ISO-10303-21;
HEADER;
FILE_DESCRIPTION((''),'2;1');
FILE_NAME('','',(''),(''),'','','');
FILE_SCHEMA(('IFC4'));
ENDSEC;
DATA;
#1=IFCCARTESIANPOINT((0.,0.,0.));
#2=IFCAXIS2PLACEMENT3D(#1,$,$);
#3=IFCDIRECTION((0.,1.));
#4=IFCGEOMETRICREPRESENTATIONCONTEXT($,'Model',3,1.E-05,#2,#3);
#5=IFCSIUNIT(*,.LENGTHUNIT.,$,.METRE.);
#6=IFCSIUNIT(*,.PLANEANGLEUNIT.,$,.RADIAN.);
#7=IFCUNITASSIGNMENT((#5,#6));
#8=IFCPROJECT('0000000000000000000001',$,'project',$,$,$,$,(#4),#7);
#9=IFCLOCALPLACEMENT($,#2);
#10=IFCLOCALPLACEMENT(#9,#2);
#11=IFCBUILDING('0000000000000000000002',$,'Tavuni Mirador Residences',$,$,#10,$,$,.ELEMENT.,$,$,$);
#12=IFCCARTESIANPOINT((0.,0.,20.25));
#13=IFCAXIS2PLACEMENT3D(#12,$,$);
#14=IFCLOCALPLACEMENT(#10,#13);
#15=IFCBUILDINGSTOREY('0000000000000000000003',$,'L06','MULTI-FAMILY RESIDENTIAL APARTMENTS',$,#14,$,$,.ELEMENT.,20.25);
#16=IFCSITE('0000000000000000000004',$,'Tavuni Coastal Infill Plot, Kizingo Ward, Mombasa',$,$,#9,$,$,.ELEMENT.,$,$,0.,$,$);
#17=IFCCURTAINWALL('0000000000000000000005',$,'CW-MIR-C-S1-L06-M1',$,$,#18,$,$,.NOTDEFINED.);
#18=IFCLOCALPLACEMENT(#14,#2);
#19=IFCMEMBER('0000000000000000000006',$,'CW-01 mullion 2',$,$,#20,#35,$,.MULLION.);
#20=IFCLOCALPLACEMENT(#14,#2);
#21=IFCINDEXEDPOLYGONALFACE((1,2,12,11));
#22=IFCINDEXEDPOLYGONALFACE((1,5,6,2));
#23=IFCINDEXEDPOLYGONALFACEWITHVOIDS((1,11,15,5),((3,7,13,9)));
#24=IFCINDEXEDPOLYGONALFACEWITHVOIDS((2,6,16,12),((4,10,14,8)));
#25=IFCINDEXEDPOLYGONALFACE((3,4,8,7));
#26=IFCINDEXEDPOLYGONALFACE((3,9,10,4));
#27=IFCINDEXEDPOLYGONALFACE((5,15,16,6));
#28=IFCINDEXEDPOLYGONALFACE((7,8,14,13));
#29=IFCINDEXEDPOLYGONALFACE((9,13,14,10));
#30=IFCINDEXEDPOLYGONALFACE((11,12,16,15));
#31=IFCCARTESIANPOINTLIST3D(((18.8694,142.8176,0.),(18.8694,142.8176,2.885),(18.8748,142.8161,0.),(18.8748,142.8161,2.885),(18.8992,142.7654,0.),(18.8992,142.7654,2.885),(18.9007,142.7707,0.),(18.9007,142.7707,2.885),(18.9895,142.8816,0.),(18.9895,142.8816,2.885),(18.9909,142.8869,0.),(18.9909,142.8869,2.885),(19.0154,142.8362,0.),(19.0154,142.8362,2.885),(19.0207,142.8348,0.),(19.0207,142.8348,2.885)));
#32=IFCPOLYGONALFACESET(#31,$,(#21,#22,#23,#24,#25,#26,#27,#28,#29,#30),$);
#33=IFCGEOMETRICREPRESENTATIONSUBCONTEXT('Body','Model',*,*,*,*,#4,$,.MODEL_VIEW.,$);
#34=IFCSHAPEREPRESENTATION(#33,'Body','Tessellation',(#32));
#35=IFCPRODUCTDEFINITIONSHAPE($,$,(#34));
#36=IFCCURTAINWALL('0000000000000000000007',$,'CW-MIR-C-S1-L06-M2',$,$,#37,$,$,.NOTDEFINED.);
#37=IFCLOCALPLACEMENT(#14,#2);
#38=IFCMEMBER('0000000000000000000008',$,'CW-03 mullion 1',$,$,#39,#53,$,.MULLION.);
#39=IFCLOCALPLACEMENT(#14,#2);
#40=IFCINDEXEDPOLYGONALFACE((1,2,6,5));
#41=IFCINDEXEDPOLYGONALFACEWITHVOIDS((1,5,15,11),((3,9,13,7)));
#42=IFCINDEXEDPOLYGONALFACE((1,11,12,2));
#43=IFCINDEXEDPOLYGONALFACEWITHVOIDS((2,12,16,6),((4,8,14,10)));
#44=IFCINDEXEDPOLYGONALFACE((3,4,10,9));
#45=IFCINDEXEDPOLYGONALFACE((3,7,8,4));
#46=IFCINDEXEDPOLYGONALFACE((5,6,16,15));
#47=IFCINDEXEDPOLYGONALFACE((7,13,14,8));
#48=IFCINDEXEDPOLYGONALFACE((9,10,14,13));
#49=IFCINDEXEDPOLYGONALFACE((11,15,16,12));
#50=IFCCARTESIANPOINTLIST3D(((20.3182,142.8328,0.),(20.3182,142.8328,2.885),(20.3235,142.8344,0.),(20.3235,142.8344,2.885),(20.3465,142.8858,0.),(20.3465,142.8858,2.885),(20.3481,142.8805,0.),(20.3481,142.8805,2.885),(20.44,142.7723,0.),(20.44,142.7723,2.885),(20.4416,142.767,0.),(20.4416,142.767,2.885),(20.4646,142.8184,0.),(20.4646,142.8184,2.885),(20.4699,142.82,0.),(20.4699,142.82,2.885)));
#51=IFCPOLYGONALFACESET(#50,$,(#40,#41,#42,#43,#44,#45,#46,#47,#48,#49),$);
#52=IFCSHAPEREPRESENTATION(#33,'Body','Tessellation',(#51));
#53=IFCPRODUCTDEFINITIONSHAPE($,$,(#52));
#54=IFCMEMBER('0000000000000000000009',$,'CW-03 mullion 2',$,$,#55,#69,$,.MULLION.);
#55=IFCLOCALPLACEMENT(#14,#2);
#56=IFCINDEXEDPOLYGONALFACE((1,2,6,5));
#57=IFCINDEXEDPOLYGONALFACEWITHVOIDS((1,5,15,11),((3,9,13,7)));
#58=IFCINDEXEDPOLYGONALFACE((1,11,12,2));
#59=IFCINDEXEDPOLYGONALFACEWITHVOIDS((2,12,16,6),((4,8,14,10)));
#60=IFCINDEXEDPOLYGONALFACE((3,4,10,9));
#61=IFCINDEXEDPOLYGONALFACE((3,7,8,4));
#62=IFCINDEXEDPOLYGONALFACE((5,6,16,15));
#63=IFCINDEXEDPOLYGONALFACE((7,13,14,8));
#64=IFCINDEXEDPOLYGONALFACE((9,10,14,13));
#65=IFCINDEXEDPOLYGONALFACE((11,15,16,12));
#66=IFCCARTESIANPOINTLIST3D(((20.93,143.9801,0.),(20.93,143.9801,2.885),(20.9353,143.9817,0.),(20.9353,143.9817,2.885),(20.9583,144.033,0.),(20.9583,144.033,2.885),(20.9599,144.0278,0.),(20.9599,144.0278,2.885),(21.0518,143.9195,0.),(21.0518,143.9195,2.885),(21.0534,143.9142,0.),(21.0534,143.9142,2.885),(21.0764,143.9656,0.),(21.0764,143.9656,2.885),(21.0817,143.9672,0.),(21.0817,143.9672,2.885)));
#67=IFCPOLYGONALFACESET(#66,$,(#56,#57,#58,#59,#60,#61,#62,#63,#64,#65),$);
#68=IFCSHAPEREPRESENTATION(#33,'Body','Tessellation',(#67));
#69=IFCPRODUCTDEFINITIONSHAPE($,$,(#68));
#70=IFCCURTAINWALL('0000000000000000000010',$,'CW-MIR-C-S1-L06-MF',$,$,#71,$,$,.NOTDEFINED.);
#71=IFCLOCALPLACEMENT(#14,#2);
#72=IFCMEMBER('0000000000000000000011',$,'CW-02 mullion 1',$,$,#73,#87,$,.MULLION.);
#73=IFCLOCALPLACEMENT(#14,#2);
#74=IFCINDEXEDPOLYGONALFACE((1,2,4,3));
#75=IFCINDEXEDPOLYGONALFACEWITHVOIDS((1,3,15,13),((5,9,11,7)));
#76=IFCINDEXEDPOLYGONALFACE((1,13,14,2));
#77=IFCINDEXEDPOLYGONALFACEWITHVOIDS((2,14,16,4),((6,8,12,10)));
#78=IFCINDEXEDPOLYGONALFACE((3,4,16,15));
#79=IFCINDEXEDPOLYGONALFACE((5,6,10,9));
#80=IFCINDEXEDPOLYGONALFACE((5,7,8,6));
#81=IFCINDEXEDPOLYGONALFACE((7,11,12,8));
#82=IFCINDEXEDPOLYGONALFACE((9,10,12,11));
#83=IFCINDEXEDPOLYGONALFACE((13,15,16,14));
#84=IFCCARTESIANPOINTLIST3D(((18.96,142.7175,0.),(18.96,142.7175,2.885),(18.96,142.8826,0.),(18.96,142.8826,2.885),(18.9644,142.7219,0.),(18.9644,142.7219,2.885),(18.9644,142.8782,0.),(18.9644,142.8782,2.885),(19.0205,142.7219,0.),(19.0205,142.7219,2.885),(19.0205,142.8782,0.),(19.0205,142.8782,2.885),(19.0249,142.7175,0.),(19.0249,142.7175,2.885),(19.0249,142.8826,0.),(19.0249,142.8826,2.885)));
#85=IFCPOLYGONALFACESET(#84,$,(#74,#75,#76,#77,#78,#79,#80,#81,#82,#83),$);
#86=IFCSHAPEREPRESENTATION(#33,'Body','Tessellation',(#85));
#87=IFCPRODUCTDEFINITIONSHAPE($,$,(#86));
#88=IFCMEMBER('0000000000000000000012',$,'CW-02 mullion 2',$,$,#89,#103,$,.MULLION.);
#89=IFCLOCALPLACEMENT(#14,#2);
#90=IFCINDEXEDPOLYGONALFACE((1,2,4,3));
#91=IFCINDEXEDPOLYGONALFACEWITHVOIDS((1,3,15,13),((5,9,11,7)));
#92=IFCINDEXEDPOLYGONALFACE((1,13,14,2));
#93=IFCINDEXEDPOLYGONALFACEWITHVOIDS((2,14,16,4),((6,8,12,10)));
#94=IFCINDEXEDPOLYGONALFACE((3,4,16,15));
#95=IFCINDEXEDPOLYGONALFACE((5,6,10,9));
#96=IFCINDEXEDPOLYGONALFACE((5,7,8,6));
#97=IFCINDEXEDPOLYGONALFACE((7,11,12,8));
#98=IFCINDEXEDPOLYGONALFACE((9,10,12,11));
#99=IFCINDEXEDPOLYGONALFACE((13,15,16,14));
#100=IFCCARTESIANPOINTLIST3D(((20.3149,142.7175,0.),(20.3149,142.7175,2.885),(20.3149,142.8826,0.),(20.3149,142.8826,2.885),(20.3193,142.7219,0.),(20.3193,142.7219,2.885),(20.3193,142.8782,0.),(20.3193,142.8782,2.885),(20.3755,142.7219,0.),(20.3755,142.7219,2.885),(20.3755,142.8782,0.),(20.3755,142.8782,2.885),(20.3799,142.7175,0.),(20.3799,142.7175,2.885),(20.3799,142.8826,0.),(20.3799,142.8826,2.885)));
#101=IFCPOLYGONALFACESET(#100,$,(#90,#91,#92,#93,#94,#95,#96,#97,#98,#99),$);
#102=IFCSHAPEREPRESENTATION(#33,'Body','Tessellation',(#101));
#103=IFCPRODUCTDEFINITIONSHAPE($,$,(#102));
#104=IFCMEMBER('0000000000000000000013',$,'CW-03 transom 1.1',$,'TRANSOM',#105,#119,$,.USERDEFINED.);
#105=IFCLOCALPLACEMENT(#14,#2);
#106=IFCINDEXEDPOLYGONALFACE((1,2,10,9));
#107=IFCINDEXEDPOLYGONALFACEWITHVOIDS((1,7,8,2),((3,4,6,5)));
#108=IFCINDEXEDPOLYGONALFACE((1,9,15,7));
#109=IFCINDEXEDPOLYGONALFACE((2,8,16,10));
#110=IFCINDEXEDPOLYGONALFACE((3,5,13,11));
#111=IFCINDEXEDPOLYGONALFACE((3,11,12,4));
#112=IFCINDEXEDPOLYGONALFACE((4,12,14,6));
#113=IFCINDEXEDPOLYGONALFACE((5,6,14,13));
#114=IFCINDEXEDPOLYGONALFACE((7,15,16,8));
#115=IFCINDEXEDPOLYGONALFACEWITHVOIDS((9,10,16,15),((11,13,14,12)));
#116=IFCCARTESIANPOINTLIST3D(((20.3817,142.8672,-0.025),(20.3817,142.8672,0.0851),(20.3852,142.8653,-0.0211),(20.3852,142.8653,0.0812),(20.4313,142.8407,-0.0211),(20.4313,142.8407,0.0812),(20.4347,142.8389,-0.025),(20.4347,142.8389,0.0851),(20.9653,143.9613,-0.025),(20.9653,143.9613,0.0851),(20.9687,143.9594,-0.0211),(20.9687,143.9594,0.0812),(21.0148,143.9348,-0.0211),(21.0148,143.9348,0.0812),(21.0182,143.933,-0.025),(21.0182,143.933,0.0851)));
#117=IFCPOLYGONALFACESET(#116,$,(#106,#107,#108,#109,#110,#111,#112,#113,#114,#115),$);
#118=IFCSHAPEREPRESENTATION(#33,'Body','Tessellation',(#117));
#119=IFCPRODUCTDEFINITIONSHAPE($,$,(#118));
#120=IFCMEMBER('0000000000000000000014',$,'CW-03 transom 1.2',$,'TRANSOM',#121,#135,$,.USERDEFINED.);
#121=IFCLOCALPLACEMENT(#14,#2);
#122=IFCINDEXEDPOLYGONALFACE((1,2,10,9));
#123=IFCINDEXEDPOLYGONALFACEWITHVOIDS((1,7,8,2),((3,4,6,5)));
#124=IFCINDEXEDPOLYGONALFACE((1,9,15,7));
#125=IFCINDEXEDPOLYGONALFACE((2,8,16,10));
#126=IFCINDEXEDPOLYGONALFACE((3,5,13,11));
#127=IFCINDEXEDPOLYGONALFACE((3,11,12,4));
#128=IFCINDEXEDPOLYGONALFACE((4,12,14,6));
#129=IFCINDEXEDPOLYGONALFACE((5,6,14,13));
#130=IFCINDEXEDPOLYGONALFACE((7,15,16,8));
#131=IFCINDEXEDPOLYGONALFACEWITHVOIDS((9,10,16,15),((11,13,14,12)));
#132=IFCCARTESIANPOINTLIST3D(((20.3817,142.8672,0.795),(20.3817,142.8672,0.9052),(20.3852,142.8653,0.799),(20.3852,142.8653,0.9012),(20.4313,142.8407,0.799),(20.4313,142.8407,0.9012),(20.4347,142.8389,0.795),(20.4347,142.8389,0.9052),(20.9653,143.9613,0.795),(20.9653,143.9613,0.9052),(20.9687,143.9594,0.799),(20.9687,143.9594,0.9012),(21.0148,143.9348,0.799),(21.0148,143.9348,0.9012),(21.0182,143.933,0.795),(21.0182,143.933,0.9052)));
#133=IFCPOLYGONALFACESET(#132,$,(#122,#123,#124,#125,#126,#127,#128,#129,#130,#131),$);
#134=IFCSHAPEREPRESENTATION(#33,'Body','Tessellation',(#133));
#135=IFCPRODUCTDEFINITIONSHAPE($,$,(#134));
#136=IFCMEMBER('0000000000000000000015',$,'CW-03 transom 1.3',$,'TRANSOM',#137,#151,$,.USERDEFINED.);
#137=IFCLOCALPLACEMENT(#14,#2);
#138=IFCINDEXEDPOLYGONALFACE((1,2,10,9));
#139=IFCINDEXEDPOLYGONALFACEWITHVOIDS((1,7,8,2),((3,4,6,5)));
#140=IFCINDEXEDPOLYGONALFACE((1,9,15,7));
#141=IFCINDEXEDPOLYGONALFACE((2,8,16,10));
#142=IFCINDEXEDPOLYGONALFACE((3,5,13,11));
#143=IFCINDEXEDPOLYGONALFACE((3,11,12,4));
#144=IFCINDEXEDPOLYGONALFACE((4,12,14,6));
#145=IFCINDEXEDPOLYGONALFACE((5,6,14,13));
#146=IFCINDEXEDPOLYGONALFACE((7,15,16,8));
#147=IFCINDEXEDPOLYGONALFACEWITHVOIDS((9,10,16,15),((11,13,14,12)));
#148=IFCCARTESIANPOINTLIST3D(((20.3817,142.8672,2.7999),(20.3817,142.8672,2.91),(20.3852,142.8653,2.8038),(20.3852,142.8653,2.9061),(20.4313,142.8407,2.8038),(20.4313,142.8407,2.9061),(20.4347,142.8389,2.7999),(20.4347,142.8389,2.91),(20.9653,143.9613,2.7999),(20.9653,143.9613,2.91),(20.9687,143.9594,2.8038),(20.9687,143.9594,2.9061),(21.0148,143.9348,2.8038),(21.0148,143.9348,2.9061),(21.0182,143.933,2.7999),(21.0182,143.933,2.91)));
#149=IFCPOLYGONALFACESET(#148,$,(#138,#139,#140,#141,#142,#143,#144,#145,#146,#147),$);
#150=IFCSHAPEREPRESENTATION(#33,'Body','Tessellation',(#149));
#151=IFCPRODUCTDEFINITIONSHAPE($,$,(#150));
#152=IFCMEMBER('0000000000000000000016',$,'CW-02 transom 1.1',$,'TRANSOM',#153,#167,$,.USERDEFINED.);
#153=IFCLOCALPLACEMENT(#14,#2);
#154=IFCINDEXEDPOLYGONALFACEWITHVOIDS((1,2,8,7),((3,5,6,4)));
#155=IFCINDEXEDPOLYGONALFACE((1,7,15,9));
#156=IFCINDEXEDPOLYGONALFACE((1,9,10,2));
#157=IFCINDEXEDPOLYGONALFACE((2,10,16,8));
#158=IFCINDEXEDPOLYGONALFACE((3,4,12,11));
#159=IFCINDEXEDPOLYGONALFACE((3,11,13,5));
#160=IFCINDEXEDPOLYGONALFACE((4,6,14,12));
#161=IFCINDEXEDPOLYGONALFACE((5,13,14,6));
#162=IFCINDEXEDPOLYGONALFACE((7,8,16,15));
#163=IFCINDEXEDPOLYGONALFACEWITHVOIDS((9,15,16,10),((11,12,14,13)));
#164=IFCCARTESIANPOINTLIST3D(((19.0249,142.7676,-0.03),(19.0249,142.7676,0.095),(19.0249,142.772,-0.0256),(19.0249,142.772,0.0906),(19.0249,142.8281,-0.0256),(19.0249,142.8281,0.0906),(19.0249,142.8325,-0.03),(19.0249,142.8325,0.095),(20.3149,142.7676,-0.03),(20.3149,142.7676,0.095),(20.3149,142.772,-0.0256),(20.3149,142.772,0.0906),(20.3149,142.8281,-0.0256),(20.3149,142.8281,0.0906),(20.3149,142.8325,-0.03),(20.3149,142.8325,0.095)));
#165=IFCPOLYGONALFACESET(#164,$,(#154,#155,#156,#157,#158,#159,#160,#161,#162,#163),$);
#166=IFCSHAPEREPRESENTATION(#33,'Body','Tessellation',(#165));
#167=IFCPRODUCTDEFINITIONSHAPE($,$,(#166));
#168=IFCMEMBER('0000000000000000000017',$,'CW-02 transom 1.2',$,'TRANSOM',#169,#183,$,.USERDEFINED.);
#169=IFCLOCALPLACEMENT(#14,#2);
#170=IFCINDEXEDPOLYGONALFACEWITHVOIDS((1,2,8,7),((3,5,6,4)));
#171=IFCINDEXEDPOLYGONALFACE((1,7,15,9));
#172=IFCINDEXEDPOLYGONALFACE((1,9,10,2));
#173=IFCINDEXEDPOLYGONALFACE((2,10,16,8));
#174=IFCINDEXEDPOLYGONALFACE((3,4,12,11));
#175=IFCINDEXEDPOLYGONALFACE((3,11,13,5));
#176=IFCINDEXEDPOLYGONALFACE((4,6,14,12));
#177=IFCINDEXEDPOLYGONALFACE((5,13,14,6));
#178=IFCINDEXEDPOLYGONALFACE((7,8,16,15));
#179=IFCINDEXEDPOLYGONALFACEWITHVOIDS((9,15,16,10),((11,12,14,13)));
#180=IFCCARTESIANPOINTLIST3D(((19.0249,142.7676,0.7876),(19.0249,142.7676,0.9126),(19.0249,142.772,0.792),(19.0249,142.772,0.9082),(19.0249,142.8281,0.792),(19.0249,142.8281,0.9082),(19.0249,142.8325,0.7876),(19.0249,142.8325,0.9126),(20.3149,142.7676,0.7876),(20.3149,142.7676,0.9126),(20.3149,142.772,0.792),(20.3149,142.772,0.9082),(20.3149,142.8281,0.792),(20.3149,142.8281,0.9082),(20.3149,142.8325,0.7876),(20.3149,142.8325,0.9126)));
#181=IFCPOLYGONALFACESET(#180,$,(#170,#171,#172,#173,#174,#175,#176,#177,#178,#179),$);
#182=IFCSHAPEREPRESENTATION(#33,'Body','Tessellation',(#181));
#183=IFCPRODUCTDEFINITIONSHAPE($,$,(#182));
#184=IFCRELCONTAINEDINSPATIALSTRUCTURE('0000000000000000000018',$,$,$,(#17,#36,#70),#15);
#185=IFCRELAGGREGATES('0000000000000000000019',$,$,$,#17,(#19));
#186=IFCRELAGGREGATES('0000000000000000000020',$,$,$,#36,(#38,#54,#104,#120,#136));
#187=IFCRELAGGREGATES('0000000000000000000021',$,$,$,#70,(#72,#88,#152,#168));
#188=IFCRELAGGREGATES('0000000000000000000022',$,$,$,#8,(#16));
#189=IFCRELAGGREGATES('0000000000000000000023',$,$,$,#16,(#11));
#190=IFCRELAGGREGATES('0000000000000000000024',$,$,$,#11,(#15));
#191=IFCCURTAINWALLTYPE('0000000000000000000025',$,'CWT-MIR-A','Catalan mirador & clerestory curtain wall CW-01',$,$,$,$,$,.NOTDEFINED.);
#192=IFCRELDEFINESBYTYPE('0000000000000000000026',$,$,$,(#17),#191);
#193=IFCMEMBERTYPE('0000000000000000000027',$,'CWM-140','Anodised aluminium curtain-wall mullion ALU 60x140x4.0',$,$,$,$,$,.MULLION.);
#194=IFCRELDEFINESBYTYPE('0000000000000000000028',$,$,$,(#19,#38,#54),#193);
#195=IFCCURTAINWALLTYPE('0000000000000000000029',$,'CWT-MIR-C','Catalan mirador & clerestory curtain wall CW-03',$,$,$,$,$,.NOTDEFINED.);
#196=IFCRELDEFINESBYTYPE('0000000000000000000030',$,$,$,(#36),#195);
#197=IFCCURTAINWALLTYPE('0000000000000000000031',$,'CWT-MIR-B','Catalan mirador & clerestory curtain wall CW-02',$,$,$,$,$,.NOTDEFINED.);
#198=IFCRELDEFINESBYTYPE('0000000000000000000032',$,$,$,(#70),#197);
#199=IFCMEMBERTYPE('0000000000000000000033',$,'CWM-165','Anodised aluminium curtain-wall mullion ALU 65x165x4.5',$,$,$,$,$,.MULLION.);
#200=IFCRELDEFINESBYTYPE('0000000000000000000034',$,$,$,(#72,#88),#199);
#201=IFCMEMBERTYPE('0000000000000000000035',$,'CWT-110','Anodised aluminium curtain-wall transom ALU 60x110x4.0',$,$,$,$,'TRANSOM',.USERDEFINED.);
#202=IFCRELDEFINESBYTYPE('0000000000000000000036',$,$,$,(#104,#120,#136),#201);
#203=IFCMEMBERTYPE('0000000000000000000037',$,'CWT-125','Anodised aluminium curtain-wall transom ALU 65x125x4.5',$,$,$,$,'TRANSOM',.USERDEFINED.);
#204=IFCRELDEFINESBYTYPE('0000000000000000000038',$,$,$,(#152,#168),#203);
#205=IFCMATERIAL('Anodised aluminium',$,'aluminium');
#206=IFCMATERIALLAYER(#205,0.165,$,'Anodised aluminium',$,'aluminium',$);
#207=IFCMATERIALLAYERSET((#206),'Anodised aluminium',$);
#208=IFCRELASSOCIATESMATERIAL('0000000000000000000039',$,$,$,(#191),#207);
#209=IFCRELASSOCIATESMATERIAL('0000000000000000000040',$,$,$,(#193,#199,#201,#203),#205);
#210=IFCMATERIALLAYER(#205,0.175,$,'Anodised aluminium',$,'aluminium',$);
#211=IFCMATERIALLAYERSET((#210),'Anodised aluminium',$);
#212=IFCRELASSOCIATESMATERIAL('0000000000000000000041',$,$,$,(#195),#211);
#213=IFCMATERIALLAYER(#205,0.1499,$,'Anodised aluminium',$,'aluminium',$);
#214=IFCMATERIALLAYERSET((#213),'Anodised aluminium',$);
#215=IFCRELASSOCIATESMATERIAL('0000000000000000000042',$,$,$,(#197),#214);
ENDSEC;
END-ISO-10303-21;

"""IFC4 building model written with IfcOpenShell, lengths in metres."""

from ifc_helpers import new_model, si_unit, direction, frame, origin, origin_2d, place, context, subcontext, project, spatial, hollow_rectangle, extrude, material, layer, layer_set, material_profile, profile_set, type_object, element, aggregate, save


model = new_model("IFC4")

# Units and contexts
model_context = context("Model", 3, precision=1e-05, world=origin(), true_north=direction((0.0, 1.0)))
body_context = subcontext(model_context, "Body", "Model", "MODEL_VIEW")
ifc_project = project(units=[si_unit("LENGTHUNIT", "METRE"), si_unit("PLANEANGLEUNIT", "RADIAN")], contexts=[model_context])

# Site, building, storey
site_placement = place(None, origin())
site = spatial("IfcSite", under=ifc_project, at=site_placement, Name="Tavuni Coastal Infill Plot, Kizingo Ward, Mombasa", CompositionType="ELEMENT", RefElevation=0.0)
building_placement = place(site_placement, origin())
building = spatial("IfcBuilding", under=site, at=building_placement, Name="Tavuni Mirador Residences", CompositionType="ELEMENT")
storey_placement = place(building_placement, frame((0.0, 0.0, 20.25)))
storey = spatial("IfcBuildingStorey", under=building, at=storey_placement, Name="L06", Description="MULTI-FAMILY RESIDENTIAL APARTMENTS", CompositionType="ELEMENT", Elevation=20.25)

# Curtain wall, member
ifc_material_1 = material(Name="Anodised aluminium", Category="aluminium")
ifc_layer_1 = layer(ifc_material_1, 0.165, Name="Anodised aluminium", Category="aluminium")
ifc_layer_set_1 = layer_set([ifc_layer_1], Name="Anodised aluminium")
curtain_wall_type_1 = type_object("IfcCurtainWallType", Name="CWT-MIR-A", Description="Catalan mirador & clerestory curtain wall CW-01", PredefinedType="NOTDEFINED", material=ifc_layer_set_1)
curtain_wall_1_placement = place(storey_placement, origin())
curtain_wall_1 = element("IfcCurtainWall", 1, at=curtain_wall_1_placement, inside=storey, type_object=curtain_wall_type_1, Name="CW-MIR-C-S1-L06-M1", PredefinedType="NOTDEFINED")
ifc_material_profile_1 = material_profile(ifc_material_1, hollow_rectangle(XDim=0.0601, YDim=0.1399, WallThickness=0.0039, at=origin_2d()), Name="ALU 60x140x4.0", Category="aluminium")
ifc_profile_set_1 = profile_set([ifc_material_profile_1], Name="Anodised aluminium")
member_type_1 = type_object("IfcMemberType", Name="CWM-140", Description="Anodised aluminium curtain-wall mullion ALU 60x140x4.0", PredefinedType="MULLION", material=ifc_profile_set_1)
member_1_placement = place(storey_placement, frame((18.9451, 142.8262, 0.0), z_axis=(0.0, 0.0, 1.0), x_axis=(0.495749, -0.868466, 0.0)))
member_1 = element("IfcMember", 2, at=member_1_placement, type_object=member_type_1, Name="CW-01 mullion 2", PredefinedType="MULLION", context=body_context, shape_type="SweptSolid", body=[
    extrude(hollow_rectangle(XDim=0.0601, YDim=0.1399, WallThickness=0.0039, at=origin_2d()), origin(), (0.0, 0.0, 1.0), 2.885),
])

# Curtain walls, members
ifc_layer_2 = layer(ifc_material_1, 0.175, Name="Anodised aluminium", Category="aluminium")
ifc_layer_set_2 = layer_set([ifc_layer_2], Name="Anodised aluminium")
curtain_wall_type_2 = type_object("IfcCurtainWallType", Name="CWT-MIR-C", Description="Catalan mirador & clerestory curtain wall CW-03", PredefinedType="NOTDEFINED", material=ifc_layer_set_2)
curtain_wall_2_placement = place(storey_placement, origin())
curtain_wall_2 = element("IfcCurtainWall", 3, at=curtain_wall_2_placement, inside=storey, type_object=curtain_wall_type_2, Name="CW-MIR-C-S1-L06-M2", PredefinedType="NOTDEFINED")
member_2_placement = place(storey_placement, frame((20.394, 142.8264, 0.0), z_axis=(0.0, 0.0, 1.0), x_axis=(0.470588, 0.882353, 0.0)))
member_2 = element("IfcMember", 4, at=member_2_placement, type_object=member_type_1, Name="CW-03 mullion 1", PredefinedType="MULLION", context=body_context, shape_type="SweptSolid", body=[
    extrude(hollow_rectangle(XDim=0.0601, YDim=0.1399, WallThickness=0.0039, at=origin_2d()), origin(), (0.0, 0.0, 1.0), 2.885),
])
member_3_placement = place(storey_placement, frame((21.0059, 143.9736, 0.0), z_axis=(0.0, 0.0, 1.0), x_axis=(0.470588, 0.882353, 0.0)))
member_3 = element("IfcMember", 5, at=member_3_placement, type_object=member_type_1, Name="CW-03 mullion 2", PredefinedType="MULLION", context=body_context, shape_type="SweptSolid", body=[
    extrude(hollow_rectangle(XDim=0.0601, YDim=0.1399, WallThickness=0.0039, at=origin_2d()), origin(), (0.0, 0.0, 1.0), 2.885),
])
ifc_layer_3 = layer(ifc_material_1, 0.1499, Name="Anodised aluminium", Category="aluminium")
ifc_layer_set_3 = layer_set([ifc_layer_3], Name="Anodised aluminium")
curtain_wall_type_3 = type_object("IfcCurtainWallType", Name="CWT-MIR-B", Description="Catalan mirador & clerestory curtain wall CW-02", PredefinedType="NOTDEFINED", material=ifc_layer_set_3)
curtain_wall_3_placement = place(storey_placement, origin())
curtain_wall_3 = element("IfcCurtainWall", 6, at=curtain_wall_3_placement, inside=storey, type_object=curtain_wall_type_3, Name="CW-MIR-C-S1-L06-MF", PredefinedType="NOTDEFINED")
ifc_material_profile_2 = material_profile(ifc_material_1, hollow_rectangle(XDim=0.0649, YDim=0.165, WallThickness=0.0044, at=origin_2d()), Name="ALU 65x165x4.5", Category="aluminium")
ifc_profile_set_2 = profile_set([ifc_material_profile_2], Name="Anodised aluminium")
member_type_2 = type_object("IfcMemberType", Name="CWM-165", Description="Anodised aluminium curtain-wall mullion ALU 65x165x4.5", PredefinedType="MULLION", material=ifc_profile_set_2)
member_4_placement = place(storey_placement, frame((18.9924, 142.8, 0.0), z_axis=(0.0, 0.0, 1.0), x_axis=(1.0, 0.0, 0.0)))
member_4 = element("IfcMember", 7, at=member_4_placement, type_object=member_type_2, Name="CW-02 mullion 1", PredefinedType="MULLION", context=body_context, shape_type="SweptSolid", body=[
    extrude(hollow_rectangle(XDim=0.0649, YDim=0.165, WallThickness=0.0044, at=origin_2d()), origin(), (0.0, 0.0, 1.0), 2.885),
])
member_5_placement = place(storey_placement, frame((20.3474, 142.8, 0.0), z_axis=(0.0, 0.0, 1.0), x_axis=(1.0, 0.0, 0.0)))
member_5 = element("IfcMember", 8, at=member_5_placement, type_object=member_type_2, Name="CW-02 mullion 2", PredefinedType="MULLION", context=body_context, shape_type="SweptSolid", body=[
    extrude(hollow_rectangle(XDim=0.0649, YDim=0.165, WallThickness=0.0044, at=origin_2d()), origin(), (0.0, 0.0, 1.0), 2.885),
])

# Members
ifc_material_profile_3 = material_profile(ifc_material_1, hollow_rectangle(XDim=0.0601, YDim=0.1101, WallThickness=0.0039, at=origin_2d()), Name="ALU 60x110x4.0", Category="aluminium")
ifc_profile_set_3 = profile_set([ifc_material_profile_3], Name="Anodised aluminium")
member_type_3 = type_object("IfcMemberType", Name="CWT-110", Description="Anodised aluminium curtain-wall transom ALU 60x110x4.0", ElementType="TRANSOM", PredefinedType="USERDEFINED", material=ifc_profile_set_3)
member_6_placement = place(storey_placement, frame((20.4082, 142.853, 0.03), z_axis=(0.470609, 0.882342, 0.0), x_axis=(-0.882342, 0.470609, 0.0)))
member_6 = element("IfcMember", 9, at=member_6_placement, type_object=member_type_3, Name="CW-03 transom 1.1", ObjectType="TRANSOM", PredefinedType="USERDEFINED", context=body_context, shape_type="SweptSolid", body=[
    extrude(hollow_rectangle(XDim=0.0601, YDim=0.1101, WallThickness=0.0039, at=origin_2d()), origin(), (0.0, 0.0, 1.0), 1.24),
])
member_7_placement = place(storey_placement, frame((20.4082, 142.853, 0.8501), z_axis=(0.470609, 0.882342, 0.0), x_axis=(-0.882342, 0.470609, 0.0)))
member_7 = element("IfcMember", 10, at=member_7_placement, type_object=member_type_3, Name="CW-03 transom 1.2", ObjectType="TRANSOM", PredefinedType="USERDEFINED", context=body_context, shape_type="SweptSolid", body=[
    extrude(hollow_rectangle(XDim=0.0601, YDim=0.1101, WallThickness=0.0039, at=origin_2d()), origin(), (0.0, 0.0, 1.0), 1.24),
])
member_8_placement = place(storey_placement, frame((20.4082, 142.853, 2.855), z_axis=(0.470609, 0.882342, 0.0), x_axis=(-0.882342, 0.470609, 0.0)))
member_8 = element("IfcMember", 11, at=member_8_placement, type_object=member_type_3, Name="CW-03 transom 1.3", ObjectType="TRANSOM", PredefinedType="USERDEFINED", context=body_context, shape_type="SweptSolid", body=[
    extrude(hollow_rectangle(XDim=0.0601, YDim=0.1101, WallThickness=0.0039, at=origin_2d()), origin(), (0.0, 0.0, 1.0), 1.24),
])
ifc_material_profile_4 = material_profile(ifc_material_1, hollow_rectangle(XDim=0.0649, YDim=0.125, WallThickness=0.0044, at=origin_2d()), Name="ALU 65x125x4.5", Category="aluminium")
ifc_profile_set_4 = profile_set([ifc_material_profile_4], Name="Anodised aluminium")
member_type_4 = type_object("IfcMemberType", Name="CWT-125", Description="Anodised aluminium curtain-wall transom ALU 65x125x4.5", ElementType="TRANSOM", PredefinedType="USERDEFINED", material=ifc_profile_set_4)
member_9_placement = place(storey_placement, frame((19.0249, 142.8, 0.0325), z_axis=(1.0, 0.0, 0.0), x_axis=(0.0, 1.0, 0.0)))
member_9 = element("IfcMember", 12, at=member_9_placement, type_object=member_type_4, Name="CW-02 transom 1.1", ObjectType="TRANSOM", PredefinedType="USERDEFINED", context=body_context, shape_type="SweptSolid", body=[
    extrude(hollow_rectangle(XDim=0.0649, YDim=0.125, WallThickness=0.0044, at=origin_2d()), origin(), (0.0, 0.0, 1.0), 1.29),
])
member_10_placement = place(storey_placement, frame((19.0249, 142.8, 0.8501), z_axis=(1.0, 0.0, 0.0), x_axis=(0.0, 1.0, 0.0)))
member_10 = element("IfcMember", 13, at=member_10_placement, type_object=member_type_4, Name="CW-02 transom 1.2", ObjectType="TRANSOM", PredefinedType="USERDEFINED", context=body_context, shape_type="SweptSolid", body=[
    extrude(hollow_rectangle(XDim=0.0649, YDim=0.125, WallThickness=0.0044, at=origin_2d()), origin(), (0.0, 0.0, 1.0), 1.29),
])

aggregate(curtain_wall_1, [member_1])
aggregate(curtain_wall_2, [member_2, member_3, member_6, member_7, member_8])
aggregate(curtain_wall_3, [member_4, member_5, member_9, member_10])

save(model, "model.ifc")
